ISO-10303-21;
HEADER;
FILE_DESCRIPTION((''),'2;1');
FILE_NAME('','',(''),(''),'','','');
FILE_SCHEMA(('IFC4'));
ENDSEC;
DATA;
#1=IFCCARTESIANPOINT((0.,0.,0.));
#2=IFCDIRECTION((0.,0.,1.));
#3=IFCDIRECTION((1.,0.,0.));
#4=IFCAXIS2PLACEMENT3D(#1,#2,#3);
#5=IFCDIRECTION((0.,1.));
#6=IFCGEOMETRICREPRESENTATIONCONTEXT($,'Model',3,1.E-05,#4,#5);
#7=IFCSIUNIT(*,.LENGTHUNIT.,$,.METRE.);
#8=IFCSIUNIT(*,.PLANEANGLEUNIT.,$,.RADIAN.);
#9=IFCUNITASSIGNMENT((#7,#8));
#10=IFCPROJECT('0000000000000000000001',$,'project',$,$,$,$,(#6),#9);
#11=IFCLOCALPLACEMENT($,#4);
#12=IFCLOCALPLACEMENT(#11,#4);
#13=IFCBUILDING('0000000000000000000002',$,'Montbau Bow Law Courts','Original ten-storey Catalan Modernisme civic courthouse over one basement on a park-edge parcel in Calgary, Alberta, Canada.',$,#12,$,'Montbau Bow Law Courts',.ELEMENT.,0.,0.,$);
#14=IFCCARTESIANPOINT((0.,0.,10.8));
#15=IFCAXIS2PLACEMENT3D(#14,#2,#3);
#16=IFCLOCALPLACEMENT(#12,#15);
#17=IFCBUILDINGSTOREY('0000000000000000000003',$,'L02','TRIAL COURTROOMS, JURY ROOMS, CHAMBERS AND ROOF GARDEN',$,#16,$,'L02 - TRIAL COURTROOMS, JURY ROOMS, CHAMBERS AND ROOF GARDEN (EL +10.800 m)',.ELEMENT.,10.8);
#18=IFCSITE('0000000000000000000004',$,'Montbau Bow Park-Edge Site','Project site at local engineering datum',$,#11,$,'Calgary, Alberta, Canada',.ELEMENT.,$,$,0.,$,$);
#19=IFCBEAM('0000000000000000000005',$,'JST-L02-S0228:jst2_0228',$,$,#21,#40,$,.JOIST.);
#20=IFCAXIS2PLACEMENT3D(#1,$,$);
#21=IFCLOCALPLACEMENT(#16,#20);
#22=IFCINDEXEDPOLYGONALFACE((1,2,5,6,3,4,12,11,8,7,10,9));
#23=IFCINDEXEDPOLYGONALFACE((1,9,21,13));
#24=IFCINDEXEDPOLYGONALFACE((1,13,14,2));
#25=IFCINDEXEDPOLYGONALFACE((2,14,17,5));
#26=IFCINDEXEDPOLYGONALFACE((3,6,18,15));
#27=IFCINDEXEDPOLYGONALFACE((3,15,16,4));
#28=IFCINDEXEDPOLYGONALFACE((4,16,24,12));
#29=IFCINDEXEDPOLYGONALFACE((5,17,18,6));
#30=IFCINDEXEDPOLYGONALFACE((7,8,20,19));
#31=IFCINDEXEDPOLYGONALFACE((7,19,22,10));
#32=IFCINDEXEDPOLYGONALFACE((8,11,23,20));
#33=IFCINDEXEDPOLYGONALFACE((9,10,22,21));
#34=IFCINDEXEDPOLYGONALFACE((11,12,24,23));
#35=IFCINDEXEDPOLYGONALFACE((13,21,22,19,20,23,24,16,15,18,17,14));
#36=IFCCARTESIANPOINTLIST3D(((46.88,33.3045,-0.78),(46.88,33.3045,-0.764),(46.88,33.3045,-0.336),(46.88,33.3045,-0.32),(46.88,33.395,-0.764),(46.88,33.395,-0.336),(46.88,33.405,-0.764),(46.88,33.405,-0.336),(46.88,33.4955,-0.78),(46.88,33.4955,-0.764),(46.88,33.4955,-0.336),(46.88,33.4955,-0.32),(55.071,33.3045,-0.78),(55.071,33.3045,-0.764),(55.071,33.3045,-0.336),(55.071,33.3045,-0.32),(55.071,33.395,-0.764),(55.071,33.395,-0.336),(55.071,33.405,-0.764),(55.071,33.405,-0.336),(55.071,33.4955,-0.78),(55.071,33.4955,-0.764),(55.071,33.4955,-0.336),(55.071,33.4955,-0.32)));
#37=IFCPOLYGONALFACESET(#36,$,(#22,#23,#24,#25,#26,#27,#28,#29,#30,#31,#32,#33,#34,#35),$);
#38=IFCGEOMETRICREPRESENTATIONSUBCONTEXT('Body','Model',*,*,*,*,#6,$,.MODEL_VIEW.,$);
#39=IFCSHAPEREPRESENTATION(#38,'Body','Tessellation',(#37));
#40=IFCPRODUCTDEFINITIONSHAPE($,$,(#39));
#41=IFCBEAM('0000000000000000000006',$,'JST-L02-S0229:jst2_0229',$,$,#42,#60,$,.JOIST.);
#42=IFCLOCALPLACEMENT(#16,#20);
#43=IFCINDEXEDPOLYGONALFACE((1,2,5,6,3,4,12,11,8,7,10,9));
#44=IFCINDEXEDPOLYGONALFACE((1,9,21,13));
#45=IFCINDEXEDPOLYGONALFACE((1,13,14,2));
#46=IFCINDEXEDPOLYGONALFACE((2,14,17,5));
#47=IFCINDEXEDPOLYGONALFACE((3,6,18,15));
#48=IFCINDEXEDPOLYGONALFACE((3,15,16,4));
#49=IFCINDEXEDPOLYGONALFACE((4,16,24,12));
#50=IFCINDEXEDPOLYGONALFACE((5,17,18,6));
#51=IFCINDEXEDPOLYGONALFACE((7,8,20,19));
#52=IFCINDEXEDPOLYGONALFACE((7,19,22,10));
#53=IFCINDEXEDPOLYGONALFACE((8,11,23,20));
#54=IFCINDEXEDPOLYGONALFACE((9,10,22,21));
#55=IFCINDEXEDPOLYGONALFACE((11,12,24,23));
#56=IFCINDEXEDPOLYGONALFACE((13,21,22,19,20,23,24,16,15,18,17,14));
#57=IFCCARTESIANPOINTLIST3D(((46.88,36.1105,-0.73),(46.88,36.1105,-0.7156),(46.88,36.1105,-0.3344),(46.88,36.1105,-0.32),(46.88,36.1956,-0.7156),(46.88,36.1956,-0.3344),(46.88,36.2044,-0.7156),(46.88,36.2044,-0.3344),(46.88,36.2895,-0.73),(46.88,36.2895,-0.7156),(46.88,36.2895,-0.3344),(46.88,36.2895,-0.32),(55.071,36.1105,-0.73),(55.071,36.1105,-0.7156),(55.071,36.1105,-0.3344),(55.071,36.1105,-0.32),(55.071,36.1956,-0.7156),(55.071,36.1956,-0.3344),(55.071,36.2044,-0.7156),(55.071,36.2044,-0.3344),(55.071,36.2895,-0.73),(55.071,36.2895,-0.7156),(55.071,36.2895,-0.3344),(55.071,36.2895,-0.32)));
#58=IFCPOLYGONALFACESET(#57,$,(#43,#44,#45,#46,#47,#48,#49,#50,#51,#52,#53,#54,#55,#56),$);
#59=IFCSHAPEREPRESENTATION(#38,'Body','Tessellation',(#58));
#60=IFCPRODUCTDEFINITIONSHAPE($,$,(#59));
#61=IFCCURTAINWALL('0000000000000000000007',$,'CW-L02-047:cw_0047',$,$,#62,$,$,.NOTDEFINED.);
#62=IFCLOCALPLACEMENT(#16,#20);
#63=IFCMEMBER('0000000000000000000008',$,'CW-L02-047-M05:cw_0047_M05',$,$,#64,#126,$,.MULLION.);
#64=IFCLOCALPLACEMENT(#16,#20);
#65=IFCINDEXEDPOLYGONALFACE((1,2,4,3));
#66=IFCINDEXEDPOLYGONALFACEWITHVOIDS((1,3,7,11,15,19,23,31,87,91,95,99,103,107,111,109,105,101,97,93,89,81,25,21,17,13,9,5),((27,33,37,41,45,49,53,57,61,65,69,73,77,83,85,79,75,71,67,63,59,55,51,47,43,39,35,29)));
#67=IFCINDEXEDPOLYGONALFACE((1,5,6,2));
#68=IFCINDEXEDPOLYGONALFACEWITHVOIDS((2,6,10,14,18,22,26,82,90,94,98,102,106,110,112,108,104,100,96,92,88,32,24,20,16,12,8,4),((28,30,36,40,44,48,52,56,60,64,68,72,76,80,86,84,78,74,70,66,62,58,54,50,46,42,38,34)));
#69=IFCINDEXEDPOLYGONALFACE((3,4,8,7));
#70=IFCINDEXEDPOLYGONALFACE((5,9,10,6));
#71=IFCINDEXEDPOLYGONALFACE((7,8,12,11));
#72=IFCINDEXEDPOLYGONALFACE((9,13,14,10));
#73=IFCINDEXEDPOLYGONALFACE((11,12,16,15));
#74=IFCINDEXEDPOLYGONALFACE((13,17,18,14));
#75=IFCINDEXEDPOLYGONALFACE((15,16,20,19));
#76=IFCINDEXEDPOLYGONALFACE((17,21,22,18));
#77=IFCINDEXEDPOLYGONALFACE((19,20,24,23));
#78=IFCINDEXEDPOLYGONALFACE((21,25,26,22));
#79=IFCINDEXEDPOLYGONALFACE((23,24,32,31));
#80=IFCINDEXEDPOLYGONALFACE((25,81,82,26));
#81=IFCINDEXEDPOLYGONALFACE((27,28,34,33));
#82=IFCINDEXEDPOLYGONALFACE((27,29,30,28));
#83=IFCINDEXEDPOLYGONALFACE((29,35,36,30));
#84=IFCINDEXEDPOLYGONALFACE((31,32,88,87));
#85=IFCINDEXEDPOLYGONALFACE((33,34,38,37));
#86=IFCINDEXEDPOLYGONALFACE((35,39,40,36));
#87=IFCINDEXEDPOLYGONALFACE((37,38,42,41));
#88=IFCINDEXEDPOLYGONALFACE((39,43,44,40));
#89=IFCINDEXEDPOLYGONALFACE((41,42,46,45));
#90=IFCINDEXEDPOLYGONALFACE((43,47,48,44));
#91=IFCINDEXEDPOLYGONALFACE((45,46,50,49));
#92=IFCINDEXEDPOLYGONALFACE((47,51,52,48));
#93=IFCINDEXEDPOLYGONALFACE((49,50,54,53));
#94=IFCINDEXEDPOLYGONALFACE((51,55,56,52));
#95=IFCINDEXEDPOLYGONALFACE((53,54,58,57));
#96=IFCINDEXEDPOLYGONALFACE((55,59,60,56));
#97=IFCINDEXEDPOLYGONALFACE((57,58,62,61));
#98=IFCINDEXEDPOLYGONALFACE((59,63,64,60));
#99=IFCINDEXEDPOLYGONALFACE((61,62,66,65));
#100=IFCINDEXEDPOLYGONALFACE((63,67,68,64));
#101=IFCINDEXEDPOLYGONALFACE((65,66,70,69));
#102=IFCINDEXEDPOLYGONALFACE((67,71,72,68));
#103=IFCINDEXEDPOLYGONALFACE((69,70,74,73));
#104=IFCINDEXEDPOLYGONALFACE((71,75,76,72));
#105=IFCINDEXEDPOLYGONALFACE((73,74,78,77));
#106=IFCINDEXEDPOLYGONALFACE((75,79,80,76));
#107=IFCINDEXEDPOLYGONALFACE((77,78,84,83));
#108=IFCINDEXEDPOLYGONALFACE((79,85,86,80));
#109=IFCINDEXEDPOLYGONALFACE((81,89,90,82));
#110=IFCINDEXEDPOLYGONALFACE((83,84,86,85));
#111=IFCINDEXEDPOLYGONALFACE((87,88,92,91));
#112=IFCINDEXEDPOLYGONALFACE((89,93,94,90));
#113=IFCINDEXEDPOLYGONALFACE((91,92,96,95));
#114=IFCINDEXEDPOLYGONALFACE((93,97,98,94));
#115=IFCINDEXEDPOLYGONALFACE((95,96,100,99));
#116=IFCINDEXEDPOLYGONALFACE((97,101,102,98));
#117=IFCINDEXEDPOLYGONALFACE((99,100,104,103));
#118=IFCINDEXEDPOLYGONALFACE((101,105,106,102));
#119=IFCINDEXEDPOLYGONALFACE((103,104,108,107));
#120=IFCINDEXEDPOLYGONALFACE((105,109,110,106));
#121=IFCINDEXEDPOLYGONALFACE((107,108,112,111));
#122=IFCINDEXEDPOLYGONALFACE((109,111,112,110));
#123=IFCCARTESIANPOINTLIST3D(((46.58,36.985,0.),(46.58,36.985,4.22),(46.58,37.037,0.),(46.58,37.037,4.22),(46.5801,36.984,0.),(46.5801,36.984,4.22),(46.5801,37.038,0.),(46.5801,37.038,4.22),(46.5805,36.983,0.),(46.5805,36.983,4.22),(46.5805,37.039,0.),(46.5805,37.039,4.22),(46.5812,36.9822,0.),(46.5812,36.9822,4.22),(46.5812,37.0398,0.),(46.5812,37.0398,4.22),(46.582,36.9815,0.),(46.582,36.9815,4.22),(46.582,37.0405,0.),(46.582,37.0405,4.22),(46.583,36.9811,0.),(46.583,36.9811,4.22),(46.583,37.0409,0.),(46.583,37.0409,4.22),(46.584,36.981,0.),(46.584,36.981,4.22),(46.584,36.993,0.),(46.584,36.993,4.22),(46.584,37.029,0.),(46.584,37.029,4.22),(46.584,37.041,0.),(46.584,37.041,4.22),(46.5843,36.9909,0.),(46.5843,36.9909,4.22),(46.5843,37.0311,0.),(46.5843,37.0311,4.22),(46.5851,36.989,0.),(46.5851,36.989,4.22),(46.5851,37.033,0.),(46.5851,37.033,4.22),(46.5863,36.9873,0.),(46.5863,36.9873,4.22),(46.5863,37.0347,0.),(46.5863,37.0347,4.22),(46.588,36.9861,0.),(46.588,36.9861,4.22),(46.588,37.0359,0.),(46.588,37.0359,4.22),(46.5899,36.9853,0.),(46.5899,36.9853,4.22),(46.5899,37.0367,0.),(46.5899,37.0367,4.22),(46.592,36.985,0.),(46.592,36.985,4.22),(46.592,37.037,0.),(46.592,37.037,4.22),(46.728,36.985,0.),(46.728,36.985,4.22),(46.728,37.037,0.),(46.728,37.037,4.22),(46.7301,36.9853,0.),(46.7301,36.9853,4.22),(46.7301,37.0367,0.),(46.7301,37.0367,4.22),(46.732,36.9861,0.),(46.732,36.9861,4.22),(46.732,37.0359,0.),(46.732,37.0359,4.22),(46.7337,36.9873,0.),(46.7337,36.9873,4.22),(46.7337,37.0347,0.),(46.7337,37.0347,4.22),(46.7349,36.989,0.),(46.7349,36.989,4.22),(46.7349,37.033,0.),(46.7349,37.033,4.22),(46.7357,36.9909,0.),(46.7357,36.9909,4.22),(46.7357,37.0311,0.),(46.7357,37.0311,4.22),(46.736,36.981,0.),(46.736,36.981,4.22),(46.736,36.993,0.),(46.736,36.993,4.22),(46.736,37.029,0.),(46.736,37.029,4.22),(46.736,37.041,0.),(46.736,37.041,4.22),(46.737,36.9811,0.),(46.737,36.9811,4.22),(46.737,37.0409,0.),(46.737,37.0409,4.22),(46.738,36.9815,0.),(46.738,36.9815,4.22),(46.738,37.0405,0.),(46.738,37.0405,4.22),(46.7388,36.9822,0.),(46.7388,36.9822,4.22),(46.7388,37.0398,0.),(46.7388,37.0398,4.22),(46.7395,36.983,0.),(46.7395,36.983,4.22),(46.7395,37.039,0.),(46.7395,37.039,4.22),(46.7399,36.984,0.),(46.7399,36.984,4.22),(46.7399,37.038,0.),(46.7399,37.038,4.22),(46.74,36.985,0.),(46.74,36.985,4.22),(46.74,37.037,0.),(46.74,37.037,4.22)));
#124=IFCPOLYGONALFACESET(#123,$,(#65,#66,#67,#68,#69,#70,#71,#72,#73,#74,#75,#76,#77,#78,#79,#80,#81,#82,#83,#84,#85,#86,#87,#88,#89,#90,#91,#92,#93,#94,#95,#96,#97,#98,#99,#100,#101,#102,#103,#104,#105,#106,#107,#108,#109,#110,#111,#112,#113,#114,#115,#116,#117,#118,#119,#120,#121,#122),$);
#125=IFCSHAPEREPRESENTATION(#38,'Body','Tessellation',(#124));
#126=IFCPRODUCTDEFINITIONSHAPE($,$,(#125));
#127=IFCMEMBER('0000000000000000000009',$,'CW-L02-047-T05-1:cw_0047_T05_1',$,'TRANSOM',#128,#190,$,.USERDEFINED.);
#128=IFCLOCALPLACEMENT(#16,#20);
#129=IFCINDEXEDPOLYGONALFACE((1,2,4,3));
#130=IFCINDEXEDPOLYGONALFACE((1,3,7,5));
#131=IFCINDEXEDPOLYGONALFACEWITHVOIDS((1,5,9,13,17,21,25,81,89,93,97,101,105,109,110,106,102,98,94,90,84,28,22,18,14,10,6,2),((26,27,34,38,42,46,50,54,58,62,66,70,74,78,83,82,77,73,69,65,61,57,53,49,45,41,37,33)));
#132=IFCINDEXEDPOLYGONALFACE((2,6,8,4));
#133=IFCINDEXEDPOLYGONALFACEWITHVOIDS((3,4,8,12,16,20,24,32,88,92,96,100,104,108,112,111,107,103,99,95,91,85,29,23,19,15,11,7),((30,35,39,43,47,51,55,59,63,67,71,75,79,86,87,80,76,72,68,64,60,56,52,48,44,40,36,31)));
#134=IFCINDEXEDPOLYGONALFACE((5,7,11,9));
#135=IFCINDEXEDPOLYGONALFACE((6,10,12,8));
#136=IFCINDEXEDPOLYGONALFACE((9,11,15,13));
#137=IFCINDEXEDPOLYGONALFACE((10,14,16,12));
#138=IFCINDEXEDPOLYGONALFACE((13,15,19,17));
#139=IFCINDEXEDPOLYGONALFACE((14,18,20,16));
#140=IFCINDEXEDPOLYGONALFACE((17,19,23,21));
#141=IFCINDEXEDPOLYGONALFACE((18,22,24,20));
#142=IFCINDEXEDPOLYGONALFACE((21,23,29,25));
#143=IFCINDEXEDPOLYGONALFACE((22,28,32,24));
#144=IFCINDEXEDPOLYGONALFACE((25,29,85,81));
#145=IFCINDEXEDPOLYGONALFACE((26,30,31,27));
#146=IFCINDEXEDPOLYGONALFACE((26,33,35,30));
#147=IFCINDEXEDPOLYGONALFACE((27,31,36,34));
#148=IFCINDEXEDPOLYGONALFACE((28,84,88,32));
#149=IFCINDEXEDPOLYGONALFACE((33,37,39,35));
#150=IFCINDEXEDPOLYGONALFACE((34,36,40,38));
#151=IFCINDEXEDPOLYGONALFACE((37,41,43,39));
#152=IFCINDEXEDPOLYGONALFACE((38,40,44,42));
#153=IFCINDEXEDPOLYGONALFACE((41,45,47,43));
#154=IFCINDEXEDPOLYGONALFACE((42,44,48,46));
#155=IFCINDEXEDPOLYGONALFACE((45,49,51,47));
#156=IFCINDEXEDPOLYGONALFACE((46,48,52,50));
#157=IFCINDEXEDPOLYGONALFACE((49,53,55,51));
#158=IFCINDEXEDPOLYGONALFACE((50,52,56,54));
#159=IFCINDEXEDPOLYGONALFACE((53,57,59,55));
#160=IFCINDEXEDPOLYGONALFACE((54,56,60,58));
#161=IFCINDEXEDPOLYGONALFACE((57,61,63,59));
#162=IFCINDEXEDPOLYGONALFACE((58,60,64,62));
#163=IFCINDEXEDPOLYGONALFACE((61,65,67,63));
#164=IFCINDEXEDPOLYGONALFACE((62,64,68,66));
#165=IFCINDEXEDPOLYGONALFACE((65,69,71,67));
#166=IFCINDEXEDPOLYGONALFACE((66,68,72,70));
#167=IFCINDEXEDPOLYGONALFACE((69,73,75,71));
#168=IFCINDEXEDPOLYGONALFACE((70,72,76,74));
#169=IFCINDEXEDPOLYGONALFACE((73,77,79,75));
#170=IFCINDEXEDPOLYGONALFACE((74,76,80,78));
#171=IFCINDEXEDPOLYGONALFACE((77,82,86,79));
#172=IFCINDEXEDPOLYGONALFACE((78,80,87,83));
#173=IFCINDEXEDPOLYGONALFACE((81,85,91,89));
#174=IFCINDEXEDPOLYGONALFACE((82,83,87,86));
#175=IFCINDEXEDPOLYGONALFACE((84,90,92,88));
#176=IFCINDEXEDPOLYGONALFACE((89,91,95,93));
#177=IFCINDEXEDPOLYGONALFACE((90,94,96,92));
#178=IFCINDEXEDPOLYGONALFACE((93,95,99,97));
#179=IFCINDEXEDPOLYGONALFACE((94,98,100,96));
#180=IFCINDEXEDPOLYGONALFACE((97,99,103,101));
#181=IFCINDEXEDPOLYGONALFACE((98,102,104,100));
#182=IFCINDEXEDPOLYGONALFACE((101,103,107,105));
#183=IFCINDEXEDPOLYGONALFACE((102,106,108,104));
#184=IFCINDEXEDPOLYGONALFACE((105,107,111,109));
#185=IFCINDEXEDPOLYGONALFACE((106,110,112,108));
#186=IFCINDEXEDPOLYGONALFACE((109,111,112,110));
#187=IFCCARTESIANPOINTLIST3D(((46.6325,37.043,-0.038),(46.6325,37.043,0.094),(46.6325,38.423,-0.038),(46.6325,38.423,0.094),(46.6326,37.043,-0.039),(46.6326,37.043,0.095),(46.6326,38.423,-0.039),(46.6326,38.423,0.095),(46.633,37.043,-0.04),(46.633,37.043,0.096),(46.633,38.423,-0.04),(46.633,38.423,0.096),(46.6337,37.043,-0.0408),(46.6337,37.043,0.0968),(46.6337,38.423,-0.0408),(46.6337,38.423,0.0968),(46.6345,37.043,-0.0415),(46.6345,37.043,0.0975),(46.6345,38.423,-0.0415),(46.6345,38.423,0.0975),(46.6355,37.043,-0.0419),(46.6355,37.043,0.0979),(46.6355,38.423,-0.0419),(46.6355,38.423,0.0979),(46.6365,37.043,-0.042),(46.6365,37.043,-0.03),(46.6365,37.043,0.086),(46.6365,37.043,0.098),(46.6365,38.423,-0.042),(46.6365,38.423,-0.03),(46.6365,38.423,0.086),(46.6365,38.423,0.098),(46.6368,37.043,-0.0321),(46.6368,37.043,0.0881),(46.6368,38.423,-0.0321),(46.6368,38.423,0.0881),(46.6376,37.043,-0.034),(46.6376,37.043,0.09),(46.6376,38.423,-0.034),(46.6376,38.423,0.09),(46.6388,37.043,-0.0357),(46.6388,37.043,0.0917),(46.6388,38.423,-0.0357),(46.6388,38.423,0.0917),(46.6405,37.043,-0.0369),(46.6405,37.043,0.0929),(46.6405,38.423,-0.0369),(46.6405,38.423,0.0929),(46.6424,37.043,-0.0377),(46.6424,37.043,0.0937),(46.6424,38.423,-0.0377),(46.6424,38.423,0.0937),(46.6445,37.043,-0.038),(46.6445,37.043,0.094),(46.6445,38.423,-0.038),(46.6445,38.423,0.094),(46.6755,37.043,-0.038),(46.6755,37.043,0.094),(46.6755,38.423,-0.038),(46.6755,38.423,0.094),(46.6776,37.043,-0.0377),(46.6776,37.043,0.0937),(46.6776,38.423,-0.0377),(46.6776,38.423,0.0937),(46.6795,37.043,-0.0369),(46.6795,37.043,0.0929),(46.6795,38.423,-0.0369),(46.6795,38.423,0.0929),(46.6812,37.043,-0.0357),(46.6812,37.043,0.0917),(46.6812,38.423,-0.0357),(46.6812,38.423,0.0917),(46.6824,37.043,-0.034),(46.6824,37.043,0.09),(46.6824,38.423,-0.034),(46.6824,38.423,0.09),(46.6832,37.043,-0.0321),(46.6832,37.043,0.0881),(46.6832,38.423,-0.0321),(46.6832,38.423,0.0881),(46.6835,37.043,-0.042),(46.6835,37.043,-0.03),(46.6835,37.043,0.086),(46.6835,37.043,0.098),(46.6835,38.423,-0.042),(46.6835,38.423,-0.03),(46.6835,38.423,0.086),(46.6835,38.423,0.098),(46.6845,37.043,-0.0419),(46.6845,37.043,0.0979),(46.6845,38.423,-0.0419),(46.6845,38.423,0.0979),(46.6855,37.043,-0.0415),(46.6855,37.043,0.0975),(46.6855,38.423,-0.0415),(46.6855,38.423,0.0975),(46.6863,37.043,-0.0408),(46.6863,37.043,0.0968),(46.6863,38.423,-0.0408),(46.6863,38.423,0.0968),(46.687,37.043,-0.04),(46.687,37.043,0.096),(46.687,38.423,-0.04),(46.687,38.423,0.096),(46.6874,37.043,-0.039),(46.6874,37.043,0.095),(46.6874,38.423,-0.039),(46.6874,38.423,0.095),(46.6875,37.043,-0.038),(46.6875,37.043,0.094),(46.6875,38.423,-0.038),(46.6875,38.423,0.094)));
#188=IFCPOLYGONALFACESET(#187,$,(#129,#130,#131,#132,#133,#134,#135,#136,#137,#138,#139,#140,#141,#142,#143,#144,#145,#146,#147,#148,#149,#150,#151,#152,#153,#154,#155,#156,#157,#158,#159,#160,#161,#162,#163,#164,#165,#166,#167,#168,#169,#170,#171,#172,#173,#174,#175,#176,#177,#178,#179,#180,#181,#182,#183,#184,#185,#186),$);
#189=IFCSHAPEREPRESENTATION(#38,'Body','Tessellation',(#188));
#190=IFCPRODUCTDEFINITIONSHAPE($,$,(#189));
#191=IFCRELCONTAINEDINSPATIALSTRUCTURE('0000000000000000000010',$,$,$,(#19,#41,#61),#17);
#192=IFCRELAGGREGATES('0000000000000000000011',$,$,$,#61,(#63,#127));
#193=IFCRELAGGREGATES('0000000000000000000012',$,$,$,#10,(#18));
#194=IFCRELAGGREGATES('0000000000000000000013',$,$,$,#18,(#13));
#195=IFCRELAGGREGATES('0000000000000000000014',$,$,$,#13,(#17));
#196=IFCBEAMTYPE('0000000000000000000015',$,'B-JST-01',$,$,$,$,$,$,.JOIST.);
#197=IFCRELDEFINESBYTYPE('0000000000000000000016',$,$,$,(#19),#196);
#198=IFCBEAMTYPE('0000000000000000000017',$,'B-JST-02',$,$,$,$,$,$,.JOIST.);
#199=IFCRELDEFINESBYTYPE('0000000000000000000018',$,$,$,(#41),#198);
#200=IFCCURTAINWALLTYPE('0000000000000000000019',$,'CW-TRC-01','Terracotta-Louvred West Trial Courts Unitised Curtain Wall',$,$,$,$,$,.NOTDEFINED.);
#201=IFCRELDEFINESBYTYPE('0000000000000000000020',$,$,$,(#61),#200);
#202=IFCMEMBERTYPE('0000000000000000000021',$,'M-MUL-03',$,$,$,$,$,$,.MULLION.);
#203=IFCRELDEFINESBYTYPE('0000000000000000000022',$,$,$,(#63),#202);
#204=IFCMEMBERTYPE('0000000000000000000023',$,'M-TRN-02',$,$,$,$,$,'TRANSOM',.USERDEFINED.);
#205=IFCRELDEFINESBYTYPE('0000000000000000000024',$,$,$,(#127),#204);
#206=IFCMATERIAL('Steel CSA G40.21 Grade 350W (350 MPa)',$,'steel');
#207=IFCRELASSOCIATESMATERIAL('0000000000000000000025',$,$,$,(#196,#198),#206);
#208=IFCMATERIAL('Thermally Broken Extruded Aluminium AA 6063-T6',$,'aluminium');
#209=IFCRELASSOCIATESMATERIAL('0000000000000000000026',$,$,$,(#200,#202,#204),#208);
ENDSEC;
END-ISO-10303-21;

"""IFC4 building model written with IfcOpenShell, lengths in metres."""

from ifc_helpers import new_model, si_unit, direction, frame, origin_with_axes, origin_2d_with_axis, place, context, subcontext, project, spatial, hollow_rectangle, i_section, extrude, material, material_profile, profile_set, type_object, element, aggregate, save


model = new_model("IFC4")

# Units and contexts
model_context = context("Model", 3, precision=1e-05, world=origin_with_axes(), true_north=direction((0.0, 1.0)))
body_context = subcontext(model_context, "Body", "Model", "MODEL_VIEW")
ifc_project = project(units=[si_unit("LENGTHUNIT", "METRE"), si_unit("PLANEANGLEUNIT", "RADIAN")], contexts=[model_context])

# Site, building, storey
site_placement = place(None, origin_with_axes())
site = spatial("IfcSite", under=ifc_project, at=site_placement, Name="Montbau Bow Park-Edge Site", Description="Project site at local engineering datum", LongName="Calgary, Alberta, Canada", CompositionType="ELEMENT", RefElevation=0.0)
building_placement = place(site_placement, origin_with_axes())
building = spatial("IfcBuilding", under=site, at=building_placement, Name="Montbau Bow Law Courts", Description="Original ten-storey Catalan Modernisme civic courthouse over one basement on a park-edge parcel in Calgary, Alberta, Canada.", LongName="Montbau Bow Law Courts", CompositionType="ELEMENT", ElevationOfRefHeight=0.0, ElevationOfTerrain=0.0)
storey_placement = place(building_placement, frame((0.0, 0.0, 10.8), z_axis=(0.0, 0.0, 1.0), x_axis=(1.0, 0.0, 0.0)))
storey = spatial("IfcBuildingStorey", under=building, at=storey_placement, Name="L02", Description="TRIAL COURTROOMS, JURY ROOMS, CHAMBERS AND ROOF GARDEN", LongName="L02 - TRIAL COURTROOMS, JURY ROOMS, CHAMBERS AND ROOF GARDEN (EL +10.800 m)", CompositionType="ELEMENT", Elevation=10.8)

# Beams
ifc_material_1 = material(Name="Steel CSA G40.21 Grade 350W (350 MPa)", Category="steel")
ifc_material_profile_1 = material_profile(ifc_material_1, i_section(OverallWidth=0.191, OverallDepth=0.46, WebThickness=0.0099, FlangeThickness=0.016, at=origin_2d_with_axis()), Name="W460X82", Category="Main", Priority=0)
ifc_profile_set_1 = profile_set([ifc_material_profile_1], Name="Steel CSA G40.21 Grade 350W (350 MPa)")
beam_type_1 = type_object("IfcBeamType", Name="B-JST-01", PredefinedType="JOIST", material=ifc_profile_set_1)
beam_1_placement = place(None, frame((46.88, 33.4, 10.25), z_axis=(1.0, 0.0, 0.0), x_axis=(0.0, 1.0, 0.0)))
element("IfcBeam", 1, at=beam_1_placement, inside=storey, type_object=beam_type_1, Name="JST-L02-S0228:jst2_0228", PredefinedType="JOIST", context=body_context, shape_type="SweptSolid", body=[
    extrude(i_section(OverallWidth=0.191, OverallDepth=0.46, WebThickness=0.0099, FlangeThickness=0.016, at=origin_2d_with_axis()), origin_with_axes(), (0.0, 0.0, 1.0), 8.191),
])
ifc_material_profile_2 = material_profile(ifc_material_1, i_section(OverallWidth=0.179, OverallDepth=0.41, WebThickness=0.0088, FlangeThickness=0.0144, at=origin_2d_with_axis()), Name="W410X67", Category="Main", Priority=0)
ifc_profile_set_2 = profile_set([ifc_material_profile_2], Name="Steel CSA G40.21 Grade 350W (350 MPa)")
beam_type_2 = type_object("IfcBeamType", Name="B-JST-02", PredefinedType="JOIST", material=ifc_profile_set_2)
beam_2_placement = place(None, frame((46.88, 36.2, 10.275), z_axis=(1.0, 0.0, 0.0), x_axis=(0.0, 1.0, 0.0)))
element("IfcBeam", 2, at=beam_2_placement, inside=storey, type_object=beam_type_2, Name="JST-L02-S0229:jst2_0229", PredefinedType="JOIST", context=body_context, shape_type="SweptSolid", body=[
    extrude(i_section(OverallWidth=0.179, OverallDepth=0.41, WebThickness=0.0088, FlangeThickness=0.0144, at=origin_2d_with_axis()), origin_with_axes(), (0.0, 0.0, 1.0), 8.191),
])

# Curtain wall, members
ifc_material_2 = material(Name="Thermally Broken Extruded Aluminium AA 6063-T6", Category="aluminium")
curtain_wall_type = type_object("IfcCurtainWallType", Name="CW-TRC-01", Description="Terracotta-Louvred West Trial Courts Unitised Curtain Wall", PredefinedType="NOTDEFINED", material=ifc_material_2)
curtain_wall_placement = place(None, frame((46.66, 31.115, 10.8), z_axis=(0.0, 0.0, 1.0), x_axis=(1.0, 0.0, 0.0)))
curtain_wall = element("IfcCurtainWall", 3, at=curtain_wall_placement, inside=storey, type_object=curtain_wall_type, Name="CW-L02-047:cw_0047", PredefinedType="NOTDEFINED")
ifc_material_profile_3 = material_profile(ifc_material_2, hollow_rectangle(XDim=0.06, YDim=0.16, WallThickness=0.004, InnerFilletRadius=0.008, OuterFilletRadius=0.004, at=origin_2d_with_axis()), Name="CWM-160X60", Category="Main", Priority=0)
ifc_profile_set_3 = profile_set([ifc_material_profile_3], Name="Thermally Broken Extruded Aluminium AA 6063-T6")
member_type_1 = type_object("IfcMemberType", Name="M-MUL-03", PredefinedType="MULLION", material=ifc_profile_set_3)
member_1_placement = place(None, frame((46.66, 37.011, 10.8), z_axis=(0.0, 0.0, 1.0), x_axis=(0.0, 1.0, 0.0)))
member_1 = element("IfcMember", 4, at=member_1_placement, type_object=member_type_1, Name="CW-L02-047-M05:cw_0047_M05", PredefinedType="MULLION", context=body_context, shape_type="SweptSolid", body=[
    extrude(hollow_rectangle(XDim=0.06, YDim=0.16, WallThickness=0.004, InnerFilletRadius=0.008, OuterFilletRadius=0.004, at=origin_2d_with_axis()), origin_with_axes(), (0.0, 0.0, 1.0), 4.22),
])
ifc_material_profile_4 = material_profile(ifc_material_2, hollow_rectangle(XDim=0.055, YDim=0.14, WallThickness=0.004, InnerFilletRadius=0.008, OuterFilletRadius=0.004, at=origin_2d_with_axis()), Name="CWT-140X55", Category="Main", Priority=0)
ifc_profile_set_4 = profile_set([ifc_material_profile_4], Name="Thermally Broken Extruded Aluminium AA 6063-T6")
member_type_2 = type_object("IfcMemberType", Name="M-TRN-02", ElementType="TRANSOM", PredefinedType="USERDEFINED", material=ifc_profile_set_4)
member_2_placement = place(None, frame((46.66, 37.043, 10.828), z_axis=(0.0, 1.0, 0.0), x_axis=(-1.0, 0.0, 0.0)))
member_2 = element("IfcMember", 5, at=member_2_placement, type_object=member_type_2, Name="CW-L02-047-T05-1:cw_0047_T05_1", ObjectType="TRANSOM", PredefinedType="USERDEFINED", context=body_context, shape_type="SweptSolid", body=[
    extrude(hollow_rectangle(XDim=0.055, YDim=0.14, WallThickness=0.004, InnerFilletRadius=0.008, OuterFilletRadius=0.004, at=origin_2d_with_axis()), origin_with_axes(), (0.0, 0.0, 1.0), 1.38),
])
aggregate(curtain_wall, [member_1, member_2])

save(model, "model.ifc")
